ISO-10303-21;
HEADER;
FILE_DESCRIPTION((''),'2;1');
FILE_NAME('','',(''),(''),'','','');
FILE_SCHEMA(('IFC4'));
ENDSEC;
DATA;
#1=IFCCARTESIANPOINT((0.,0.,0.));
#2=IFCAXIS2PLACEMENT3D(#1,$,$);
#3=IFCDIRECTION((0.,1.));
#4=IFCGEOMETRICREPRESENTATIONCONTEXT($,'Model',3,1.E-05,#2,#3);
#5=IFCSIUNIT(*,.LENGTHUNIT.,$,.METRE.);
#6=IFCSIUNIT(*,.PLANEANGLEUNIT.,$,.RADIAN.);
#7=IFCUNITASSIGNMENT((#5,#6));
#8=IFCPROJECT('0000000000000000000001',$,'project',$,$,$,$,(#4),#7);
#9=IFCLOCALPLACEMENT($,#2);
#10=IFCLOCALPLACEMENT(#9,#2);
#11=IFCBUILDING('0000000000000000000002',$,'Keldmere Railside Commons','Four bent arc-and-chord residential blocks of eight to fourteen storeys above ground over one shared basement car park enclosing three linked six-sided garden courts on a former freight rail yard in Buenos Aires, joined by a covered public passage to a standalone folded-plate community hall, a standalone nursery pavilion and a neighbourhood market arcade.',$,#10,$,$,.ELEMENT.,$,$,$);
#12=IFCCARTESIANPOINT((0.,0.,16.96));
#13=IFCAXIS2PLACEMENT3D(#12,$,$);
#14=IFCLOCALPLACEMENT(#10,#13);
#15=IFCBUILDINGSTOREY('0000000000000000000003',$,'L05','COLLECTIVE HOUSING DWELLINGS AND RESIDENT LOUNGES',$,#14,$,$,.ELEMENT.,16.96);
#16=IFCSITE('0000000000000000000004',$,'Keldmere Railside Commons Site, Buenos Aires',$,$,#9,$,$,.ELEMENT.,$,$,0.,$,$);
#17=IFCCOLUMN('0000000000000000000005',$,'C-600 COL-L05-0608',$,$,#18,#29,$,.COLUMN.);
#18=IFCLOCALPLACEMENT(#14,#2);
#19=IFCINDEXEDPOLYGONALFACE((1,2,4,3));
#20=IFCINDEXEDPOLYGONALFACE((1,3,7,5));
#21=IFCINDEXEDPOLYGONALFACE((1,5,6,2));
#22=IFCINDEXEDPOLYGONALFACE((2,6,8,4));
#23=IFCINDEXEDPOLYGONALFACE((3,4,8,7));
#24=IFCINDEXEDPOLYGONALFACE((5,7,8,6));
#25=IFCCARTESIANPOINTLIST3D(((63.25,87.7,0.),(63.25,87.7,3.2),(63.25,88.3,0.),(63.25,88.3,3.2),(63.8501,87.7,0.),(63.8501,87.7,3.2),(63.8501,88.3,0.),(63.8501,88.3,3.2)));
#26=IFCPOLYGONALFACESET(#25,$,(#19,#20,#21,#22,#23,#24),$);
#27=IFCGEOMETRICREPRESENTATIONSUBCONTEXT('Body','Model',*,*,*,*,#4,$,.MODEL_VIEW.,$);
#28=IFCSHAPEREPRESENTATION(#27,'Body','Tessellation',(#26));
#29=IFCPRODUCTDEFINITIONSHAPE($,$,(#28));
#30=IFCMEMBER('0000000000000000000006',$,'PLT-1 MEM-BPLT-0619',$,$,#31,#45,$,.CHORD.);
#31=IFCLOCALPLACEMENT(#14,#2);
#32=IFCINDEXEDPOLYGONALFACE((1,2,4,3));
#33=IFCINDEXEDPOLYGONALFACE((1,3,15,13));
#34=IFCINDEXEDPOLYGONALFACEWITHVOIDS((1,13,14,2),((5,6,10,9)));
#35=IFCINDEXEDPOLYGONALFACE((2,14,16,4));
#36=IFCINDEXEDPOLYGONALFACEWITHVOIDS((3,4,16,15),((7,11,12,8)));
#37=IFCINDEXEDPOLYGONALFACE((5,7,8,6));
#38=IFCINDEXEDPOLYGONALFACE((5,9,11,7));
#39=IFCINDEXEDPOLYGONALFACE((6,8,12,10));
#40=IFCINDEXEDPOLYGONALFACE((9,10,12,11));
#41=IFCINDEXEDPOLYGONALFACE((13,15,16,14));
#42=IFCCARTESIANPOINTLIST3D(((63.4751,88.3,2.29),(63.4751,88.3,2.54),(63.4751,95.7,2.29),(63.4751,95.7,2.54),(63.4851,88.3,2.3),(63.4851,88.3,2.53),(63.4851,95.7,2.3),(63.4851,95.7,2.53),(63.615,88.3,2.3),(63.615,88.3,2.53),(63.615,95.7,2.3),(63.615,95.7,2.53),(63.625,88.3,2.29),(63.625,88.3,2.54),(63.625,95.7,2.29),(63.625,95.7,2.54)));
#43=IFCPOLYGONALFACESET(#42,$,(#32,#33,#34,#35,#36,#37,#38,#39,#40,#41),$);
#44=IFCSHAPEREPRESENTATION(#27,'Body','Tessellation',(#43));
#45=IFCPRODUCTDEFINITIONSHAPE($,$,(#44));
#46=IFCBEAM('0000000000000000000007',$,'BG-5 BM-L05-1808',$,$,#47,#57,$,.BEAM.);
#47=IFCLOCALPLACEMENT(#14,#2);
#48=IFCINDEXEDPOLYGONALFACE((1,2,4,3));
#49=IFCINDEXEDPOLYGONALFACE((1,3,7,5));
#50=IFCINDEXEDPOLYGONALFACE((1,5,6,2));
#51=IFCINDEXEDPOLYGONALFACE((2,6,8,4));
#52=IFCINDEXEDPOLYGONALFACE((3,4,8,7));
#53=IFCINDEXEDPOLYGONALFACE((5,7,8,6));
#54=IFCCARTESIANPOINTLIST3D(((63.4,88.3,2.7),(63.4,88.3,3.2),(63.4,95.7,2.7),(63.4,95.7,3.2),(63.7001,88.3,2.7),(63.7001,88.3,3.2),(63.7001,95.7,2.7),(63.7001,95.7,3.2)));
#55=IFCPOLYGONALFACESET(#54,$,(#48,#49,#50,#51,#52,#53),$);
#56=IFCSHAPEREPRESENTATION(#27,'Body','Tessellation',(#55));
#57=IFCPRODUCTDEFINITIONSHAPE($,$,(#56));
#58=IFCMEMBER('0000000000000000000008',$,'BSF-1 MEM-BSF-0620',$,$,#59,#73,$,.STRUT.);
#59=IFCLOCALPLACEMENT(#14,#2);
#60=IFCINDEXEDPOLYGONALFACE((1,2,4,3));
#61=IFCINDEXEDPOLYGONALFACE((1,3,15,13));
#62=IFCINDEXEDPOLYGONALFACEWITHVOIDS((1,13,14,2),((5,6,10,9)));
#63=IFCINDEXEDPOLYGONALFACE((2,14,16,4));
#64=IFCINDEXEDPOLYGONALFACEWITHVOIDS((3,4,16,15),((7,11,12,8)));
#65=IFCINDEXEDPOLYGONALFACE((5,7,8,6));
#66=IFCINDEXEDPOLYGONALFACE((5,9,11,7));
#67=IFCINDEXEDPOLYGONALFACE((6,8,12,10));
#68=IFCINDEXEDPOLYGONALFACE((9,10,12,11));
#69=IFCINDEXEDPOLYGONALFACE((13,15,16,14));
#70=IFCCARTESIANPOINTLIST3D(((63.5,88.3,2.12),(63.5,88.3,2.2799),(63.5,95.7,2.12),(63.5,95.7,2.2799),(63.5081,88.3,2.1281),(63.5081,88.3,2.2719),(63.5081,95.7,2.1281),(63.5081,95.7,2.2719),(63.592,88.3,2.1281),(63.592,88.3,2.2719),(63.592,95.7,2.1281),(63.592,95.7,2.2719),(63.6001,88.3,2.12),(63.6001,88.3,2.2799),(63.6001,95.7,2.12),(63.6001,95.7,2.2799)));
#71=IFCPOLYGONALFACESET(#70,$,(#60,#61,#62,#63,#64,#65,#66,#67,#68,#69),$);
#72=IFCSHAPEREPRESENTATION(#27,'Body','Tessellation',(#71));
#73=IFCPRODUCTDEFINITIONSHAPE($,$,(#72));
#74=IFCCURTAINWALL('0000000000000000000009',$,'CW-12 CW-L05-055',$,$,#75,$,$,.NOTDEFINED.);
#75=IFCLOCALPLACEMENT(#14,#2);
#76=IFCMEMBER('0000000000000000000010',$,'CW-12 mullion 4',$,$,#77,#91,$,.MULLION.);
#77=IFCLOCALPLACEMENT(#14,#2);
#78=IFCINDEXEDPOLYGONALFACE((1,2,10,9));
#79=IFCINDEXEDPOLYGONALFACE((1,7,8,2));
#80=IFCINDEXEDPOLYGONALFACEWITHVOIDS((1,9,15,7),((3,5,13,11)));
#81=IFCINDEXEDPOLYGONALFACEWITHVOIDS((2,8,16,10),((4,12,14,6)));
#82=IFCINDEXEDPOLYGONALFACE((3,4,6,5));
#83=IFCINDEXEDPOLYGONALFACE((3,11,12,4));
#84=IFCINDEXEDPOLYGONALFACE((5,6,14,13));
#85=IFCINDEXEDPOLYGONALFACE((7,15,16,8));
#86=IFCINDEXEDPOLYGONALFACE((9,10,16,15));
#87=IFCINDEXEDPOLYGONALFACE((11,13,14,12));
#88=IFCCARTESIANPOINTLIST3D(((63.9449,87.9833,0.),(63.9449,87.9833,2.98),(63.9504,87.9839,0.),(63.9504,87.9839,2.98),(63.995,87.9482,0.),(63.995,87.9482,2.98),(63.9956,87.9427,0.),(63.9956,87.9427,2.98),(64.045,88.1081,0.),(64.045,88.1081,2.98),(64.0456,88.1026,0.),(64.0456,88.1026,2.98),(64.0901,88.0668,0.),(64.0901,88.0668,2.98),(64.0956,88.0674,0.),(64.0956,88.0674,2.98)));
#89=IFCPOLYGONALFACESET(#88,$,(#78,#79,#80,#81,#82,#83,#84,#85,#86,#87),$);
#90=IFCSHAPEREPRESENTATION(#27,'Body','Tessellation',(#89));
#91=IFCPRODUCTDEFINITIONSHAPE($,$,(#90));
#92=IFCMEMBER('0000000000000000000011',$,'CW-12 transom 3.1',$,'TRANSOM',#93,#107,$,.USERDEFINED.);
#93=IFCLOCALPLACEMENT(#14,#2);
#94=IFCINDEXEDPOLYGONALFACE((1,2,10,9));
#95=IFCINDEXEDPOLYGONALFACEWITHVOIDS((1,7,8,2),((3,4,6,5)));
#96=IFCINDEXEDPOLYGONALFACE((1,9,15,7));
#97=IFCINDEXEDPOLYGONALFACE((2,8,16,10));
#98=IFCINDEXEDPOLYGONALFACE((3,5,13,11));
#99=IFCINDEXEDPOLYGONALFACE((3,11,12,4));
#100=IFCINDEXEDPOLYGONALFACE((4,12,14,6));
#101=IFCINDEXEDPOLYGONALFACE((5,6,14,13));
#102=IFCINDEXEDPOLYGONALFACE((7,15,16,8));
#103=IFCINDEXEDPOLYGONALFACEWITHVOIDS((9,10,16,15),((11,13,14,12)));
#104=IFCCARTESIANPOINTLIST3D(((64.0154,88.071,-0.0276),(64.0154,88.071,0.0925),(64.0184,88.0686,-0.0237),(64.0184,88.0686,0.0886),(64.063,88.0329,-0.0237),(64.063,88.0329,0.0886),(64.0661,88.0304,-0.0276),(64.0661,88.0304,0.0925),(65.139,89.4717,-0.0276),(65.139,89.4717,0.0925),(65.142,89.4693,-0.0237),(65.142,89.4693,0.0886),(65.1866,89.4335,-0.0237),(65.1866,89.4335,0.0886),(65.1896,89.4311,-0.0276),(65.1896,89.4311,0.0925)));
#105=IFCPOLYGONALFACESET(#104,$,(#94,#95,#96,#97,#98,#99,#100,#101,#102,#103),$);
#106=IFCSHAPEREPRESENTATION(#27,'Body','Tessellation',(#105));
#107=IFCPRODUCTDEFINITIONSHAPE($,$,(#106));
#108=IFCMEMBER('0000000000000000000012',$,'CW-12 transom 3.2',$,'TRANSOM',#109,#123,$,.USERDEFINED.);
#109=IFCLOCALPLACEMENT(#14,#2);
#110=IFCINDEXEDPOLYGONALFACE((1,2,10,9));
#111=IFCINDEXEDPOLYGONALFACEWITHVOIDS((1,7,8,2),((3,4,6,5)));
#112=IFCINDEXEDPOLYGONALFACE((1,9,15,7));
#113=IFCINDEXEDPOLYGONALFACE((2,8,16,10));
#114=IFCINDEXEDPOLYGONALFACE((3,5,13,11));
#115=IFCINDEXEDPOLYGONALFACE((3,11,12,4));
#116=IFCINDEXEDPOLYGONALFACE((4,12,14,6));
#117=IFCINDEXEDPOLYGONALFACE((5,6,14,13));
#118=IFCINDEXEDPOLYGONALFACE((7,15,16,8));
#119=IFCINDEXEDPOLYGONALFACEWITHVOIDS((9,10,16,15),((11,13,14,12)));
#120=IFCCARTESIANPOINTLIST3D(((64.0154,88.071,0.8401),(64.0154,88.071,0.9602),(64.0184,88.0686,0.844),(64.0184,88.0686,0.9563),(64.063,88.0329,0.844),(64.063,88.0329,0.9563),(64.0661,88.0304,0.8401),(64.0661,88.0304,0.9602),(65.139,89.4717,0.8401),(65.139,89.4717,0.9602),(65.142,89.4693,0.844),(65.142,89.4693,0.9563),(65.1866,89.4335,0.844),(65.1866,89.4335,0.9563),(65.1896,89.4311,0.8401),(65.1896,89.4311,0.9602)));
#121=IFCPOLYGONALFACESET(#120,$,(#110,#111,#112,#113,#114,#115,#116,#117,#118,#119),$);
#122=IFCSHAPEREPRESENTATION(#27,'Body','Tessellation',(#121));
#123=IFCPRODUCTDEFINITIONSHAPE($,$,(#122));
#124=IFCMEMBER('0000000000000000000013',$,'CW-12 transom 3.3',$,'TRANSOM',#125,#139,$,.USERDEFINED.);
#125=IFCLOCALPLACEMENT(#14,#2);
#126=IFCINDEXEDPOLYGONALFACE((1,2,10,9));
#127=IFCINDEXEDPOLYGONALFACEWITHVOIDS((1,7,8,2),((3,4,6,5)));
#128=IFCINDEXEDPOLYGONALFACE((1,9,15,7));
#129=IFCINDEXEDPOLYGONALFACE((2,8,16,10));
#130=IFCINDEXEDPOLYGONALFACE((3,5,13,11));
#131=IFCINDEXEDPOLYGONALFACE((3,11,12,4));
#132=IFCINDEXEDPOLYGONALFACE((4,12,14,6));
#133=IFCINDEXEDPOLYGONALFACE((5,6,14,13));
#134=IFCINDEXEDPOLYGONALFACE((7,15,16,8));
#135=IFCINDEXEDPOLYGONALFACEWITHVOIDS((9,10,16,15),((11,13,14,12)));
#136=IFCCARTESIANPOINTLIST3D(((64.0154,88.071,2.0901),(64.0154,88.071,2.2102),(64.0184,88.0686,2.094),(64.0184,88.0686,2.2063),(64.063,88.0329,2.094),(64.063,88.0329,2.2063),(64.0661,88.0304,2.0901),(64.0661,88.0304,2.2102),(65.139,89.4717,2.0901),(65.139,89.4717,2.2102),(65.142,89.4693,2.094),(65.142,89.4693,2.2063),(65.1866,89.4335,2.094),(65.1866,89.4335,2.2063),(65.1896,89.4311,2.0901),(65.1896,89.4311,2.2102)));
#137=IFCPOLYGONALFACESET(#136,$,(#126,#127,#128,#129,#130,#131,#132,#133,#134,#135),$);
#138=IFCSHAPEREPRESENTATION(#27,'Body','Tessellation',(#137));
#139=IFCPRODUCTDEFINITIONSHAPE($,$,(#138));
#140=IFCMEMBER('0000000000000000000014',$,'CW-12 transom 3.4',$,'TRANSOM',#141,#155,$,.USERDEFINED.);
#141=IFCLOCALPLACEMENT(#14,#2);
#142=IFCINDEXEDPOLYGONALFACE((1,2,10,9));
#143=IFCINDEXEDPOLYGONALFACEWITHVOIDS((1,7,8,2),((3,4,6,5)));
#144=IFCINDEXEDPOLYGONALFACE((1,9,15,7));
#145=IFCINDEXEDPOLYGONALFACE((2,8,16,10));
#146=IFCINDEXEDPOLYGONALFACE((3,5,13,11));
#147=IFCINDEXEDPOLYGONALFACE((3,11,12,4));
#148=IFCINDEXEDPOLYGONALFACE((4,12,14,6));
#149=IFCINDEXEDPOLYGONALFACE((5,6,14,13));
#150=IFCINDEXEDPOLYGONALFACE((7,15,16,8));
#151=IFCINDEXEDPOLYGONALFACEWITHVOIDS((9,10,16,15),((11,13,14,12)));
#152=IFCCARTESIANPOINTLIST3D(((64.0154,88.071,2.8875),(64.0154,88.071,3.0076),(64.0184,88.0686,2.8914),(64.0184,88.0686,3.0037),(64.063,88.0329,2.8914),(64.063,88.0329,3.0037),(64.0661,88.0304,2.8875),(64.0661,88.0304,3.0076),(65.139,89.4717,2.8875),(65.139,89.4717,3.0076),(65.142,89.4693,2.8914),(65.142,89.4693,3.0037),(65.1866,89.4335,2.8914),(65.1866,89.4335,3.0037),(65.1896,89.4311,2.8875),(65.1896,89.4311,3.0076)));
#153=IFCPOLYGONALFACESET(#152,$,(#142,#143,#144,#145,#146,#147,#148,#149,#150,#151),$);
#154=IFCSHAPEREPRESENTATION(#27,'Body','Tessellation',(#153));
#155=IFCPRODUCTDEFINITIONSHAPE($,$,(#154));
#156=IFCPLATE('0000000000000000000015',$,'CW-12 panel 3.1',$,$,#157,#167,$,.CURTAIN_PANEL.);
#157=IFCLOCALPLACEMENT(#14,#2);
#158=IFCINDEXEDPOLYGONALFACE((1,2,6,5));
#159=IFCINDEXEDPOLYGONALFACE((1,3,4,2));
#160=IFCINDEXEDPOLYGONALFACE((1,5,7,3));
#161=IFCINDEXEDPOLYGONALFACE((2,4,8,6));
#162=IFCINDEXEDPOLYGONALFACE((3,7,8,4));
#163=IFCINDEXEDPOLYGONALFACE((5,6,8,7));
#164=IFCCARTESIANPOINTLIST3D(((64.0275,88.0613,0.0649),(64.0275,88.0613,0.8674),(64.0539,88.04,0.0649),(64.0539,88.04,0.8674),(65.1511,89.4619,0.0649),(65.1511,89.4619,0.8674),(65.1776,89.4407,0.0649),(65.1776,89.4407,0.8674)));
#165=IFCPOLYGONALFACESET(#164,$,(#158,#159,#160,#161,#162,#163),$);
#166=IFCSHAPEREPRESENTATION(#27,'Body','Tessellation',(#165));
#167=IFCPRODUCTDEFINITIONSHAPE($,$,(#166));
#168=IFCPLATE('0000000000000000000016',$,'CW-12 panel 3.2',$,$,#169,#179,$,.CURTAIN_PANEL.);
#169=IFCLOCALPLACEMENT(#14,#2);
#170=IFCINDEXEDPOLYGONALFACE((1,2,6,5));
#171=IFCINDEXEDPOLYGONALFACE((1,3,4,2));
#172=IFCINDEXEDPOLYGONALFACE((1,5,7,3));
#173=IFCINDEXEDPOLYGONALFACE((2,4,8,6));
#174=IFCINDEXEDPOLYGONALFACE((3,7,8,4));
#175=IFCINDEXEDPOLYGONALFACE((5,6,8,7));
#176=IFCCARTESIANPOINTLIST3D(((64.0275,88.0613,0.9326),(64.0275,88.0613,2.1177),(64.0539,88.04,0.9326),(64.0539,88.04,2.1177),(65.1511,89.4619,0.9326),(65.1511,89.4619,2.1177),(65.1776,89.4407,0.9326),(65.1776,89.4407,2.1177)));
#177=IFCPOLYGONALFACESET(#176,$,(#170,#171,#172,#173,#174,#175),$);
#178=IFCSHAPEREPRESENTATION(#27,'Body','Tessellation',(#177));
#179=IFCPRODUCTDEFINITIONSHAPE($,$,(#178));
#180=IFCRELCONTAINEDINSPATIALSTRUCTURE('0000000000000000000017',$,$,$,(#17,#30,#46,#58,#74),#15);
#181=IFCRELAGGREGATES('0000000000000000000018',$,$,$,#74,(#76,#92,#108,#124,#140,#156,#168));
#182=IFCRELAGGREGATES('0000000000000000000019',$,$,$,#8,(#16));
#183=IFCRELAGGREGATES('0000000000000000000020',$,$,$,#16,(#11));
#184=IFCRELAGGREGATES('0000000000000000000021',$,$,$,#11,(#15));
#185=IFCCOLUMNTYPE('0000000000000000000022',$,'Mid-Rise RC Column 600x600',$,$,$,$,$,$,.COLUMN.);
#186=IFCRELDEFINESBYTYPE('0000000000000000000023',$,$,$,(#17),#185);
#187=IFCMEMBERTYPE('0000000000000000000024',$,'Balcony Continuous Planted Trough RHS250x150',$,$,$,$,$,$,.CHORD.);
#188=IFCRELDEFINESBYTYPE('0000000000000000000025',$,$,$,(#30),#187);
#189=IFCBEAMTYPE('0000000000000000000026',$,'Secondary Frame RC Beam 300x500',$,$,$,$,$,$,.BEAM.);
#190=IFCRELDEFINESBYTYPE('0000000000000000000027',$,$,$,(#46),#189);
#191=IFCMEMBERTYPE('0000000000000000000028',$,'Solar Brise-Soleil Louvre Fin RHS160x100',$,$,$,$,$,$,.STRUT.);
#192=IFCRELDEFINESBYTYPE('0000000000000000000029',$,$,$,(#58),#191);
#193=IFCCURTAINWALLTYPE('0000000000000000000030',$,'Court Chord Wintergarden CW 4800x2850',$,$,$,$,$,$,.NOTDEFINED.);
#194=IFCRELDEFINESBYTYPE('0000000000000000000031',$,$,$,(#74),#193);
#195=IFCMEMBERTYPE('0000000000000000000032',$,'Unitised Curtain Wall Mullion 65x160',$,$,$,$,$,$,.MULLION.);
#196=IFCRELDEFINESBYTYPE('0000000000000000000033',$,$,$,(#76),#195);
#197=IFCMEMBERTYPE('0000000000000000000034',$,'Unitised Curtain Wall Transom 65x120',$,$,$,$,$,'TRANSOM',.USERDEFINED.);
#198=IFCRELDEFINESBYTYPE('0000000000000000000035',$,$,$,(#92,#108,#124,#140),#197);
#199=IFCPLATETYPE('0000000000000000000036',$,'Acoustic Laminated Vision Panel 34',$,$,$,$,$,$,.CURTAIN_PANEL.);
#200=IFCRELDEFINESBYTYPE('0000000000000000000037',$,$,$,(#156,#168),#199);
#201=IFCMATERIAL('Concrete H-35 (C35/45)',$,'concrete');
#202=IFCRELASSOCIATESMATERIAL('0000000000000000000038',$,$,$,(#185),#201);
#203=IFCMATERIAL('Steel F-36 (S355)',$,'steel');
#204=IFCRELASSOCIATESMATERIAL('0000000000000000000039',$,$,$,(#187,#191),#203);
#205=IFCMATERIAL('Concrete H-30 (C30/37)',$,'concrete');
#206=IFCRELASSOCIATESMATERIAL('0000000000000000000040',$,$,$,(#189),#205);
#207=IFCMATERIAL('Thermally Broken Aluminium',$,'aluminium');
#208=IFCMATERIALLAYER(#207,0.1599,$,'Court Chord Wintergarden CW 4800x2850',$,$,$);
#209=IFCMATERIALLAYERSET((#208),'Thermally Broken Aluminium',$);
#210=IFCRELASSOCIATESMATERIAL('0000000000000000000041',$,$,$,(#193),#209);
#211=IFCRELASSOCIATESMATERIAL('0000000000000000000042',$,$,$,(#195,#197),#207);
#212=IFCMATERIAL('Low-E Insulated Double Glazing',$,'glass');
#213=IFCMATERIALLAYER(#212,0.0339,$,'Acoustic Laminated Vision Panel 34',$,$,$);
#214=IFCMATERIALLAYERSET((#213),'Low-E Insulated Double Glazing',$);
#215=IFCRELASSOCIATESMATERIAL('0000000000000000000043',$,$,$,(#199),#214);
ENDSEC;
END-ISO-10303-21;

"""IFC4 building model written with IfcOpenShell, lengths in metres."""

from ifc_helpers import new_model, si_unit, direction, frame, origin, origin_2d, place, context, subcontext, project, spatial, rectangle, hollow_rectangle, extrude, material, layer, layer_set, material_profile, profile_set, type_object, element, aggregate, save


model = new_model("IFC4")

# Units and contexts
model_context = context("Model", 3, precision=1e-05, world=origin(), true_north=direction((0.0, 1.0)))
body_context = subcontext(model_context, "Body", "Model", "MODEL_VIEW")
ifc_project = project(units=[si_unit("LENGTHUNIT", "METRE"), si_unit("PLANEANGLEUNIT", "RADIAN")], contexts=[model_context])

# Site, building, storey
site_placement = place(None, origin())
site = spatial("IfcSite", under=ifc_project, at=site_placement, Name="Keldmere Railside Commons Site, Buenos Aires", CompositionType="ELEMENT", RefElevation=0.0)
building_placement = place(site_placement, origin())
building = spatial("IfcBuilding", under=site, at=building_placement, Name="Keldmere Railside Commons", Description="Four bent arc-and-chord residential blocks of eight to fourteen storeys above ground over one shared basement car park enclosing three linked six-sided garden courts on a former freight rail yard in Buenos Aires, joined by a covered public passage to a standalone folded-plate community hall, a standalone nursery pavilion and a neighbourhood market arcade.", CompositionType="ELEMENT")
storey_placement = place(building_placement, frame((0.0, 0.0, 16.96)))
storey = spatial("IfcBuildingStorey", under=building, at=storey_placement, Name="L05", Description="COLLECTIVE HOUSING DWELLINGS AND RESIDENT LOUNGES", CompositionType="ELEMENT", Elevation=16.96)

# Column
ifc_material_1 = material(Name="Concrete H-35 (C35/45)", Category="concrete")
ifc_material_profile_1 = material_profile(ifc_material_1, rectangle(XDim=0.6001, YDim=0.6001, at=origin_2d()), Name="RC-600x600")
ifc_profile_set_1 = profile_set([ifc_material_profile_1], Name="Concrete H-35 (C35/45)")
column_type = type_object("IfcColumnType", Name="Mid-Rise RC Column 600x600", PredefinedType="COLUMN", material=ifc_profile_set_1)
column_placement = place(storey_placement, frame((63.55, 88.0, 0.0), z_axis=(0.0, 0.0, 1.0), x_axis=(1.0, 0.0, 0.0)))
element("IfcColumn", 1, at=column_placement, inside=storey, type_object=column_type, Name="C-600 COL-L05-0608", PredefinedType="COLUMN", context=body_context, shape_type="SweptSolid", body=[
    extrude(rectangle(XDim=0.6001, YDim=0.6001, at=origin_2d()), origin(), (0.0, 0.0, 1.0), 3.2),
])

# Member
ifc_material_2 = material(Name="Steel F-36 (S355)", Category="steel")
ifc_material_profile_2 = material_profile(ifc_material_2, hollow_rectangle(XDim=0.1499, YDim=0.25, WallThickness=0.01, at=origin_2d()), Name="RHS-250x150x10")
ifc_profile_set_2 = profile_set([ifc_material_profile_2], Name="Steel F-36 (S355)")
member_type_1 = type_object("IfcMemberType", Name="Balcony Continuous Planted Trough RHS250x150", PredefinedType="CHORD", material=ifc_profile_set_2)
member_1_placement = place(storey_placement, frame((63.55, 88.3, 2.415), z_axis=(0.0, 1.0, 0.0), x_axis=(-1.0, 0.0, 0.0)))
element("IfcMember", 2, at=member_1_placement, inside=storey, type_object=member_type_1, Name="PLT-1 MEM-BPLT-0619", PredefinedType="CHORD", context=body_context, shape_type="SweptSolid", body=[
    extrude(hollow_rectangle(XDim=0.1499, YDim=0.25, WallThickness=0.01, at=origin_2d()), origin(), (0.0, 0.0, 1.0), 7.3999),
])

# Beam
ifc_material_3 = material(Name="Concrete H-30 (C30/37)", Category="concrete")
ifc_material_profile_3 = material_profile(ifc_material_3, rectangle(XDim=0.3, YDim=0.5, at=origin_2d()), Name="RC-300x500")
ifc_profile_set_3 = profile_set([ifc_material_profile_3], Name="Concrete H-30 (C30/37)")
beam_type = type_object("IfcBeamType", Name="Secondary Frame RC Beam 300x500", PredefinedType="BEAM", material=ifc_profile_set_3)
beam_placement = place(storey_placement, frame((63.55, 88.3, 2.95), z_axis=(0.0, 1.0, 0.0), x_axis=(-1.0, 0.0, 0.0)))
element("IfcBeam", 3, at=beam_placement, inside=storey, type_object=beam_type, Name="BG-5 BM-L05-1808", PredefinedType="BEAM", context=body_context, shape_type="SweptSolid", body=[
    extrude(rectangle(XDim=0.3, YDim=0.5, at=origin_2d()), origin(), (0.0, 0.0, 1.0), 7.3999),
])

# Member
ifc_material_profile_4 = material_profile(ifc_material_2, hollow_rectangle(XDim=0.1001, YDim=0.1599, WallThickness=0.0081, at=origin_2d()), Name="RHS-160x100x8")
ifc_profile_set_4 = profile_set([ifc_material_profile_4], Name="Steel F-36 (S355)")
member_type_2 = type_object("IfcMemberType", Name="Solar Brise-Soleil Louvre Fin RHS160x100", PredefinedType="STRUT", material=ifc_profile_set_4)
member_2_placement = place(storey_placement, frame((63.55, 88.3, 2.2), z_axis=(0.0, 1.0, 0.0), x_axis=(-1.0, 0.0, 0.0)))
element("IfcMember", 4, at=member_2_placement, inside=storey, type_object=member_type_2, Name="BSF-1 MEM-BSF-0620", PredefinedType="STRUT", context=body_context, shape_type="SweptSolid", body=[
    extrude(hollow_rectangle(XDim=0.1001, YDim=0.1599, WallThickness=0.0081, at=origin_2d()), origin(), (0.0, 0.0, 1.0), 7.3999),
])

# Curtain wall, members, plates
ifc_material_4 = material(Name="Thermally Broken Aluminium", Category="aluminium")
ifc_layer_1 = layer(ifc_material_4, 0.1599, Name="Court Chord Wintergarden CW 4800x2850")
ifc_layer_set_1 = layer_set([ifc_layer_1], Name="Thermally Broken Aluminium")
curtain_wall_type = type_object("IfcCurtainWallType", Name="Court Chord Wintergarden CW 4800x2850", PredefinedType="NOTDEFINED", material=ifc_layer_set_1)
curtain_wall_placement = place(storey_placement, origin())
curtain_wall = element("IfcCurtainWall", 5, at=curtain_wall_placement, inside=storey, type_object=curtain_wall_type, Name="CW-12 CW-L05-055", PredefinedType="NOTDEFINED")
ifc_material_profile_5 = material_profile(ifc_material_4, hollow_rectangle(XDim=0.0649, YDim=0.1599, WallThickness=0.0039, at=origin_2d()), Name="ALU-MULL-65x160")
ifc_profile_set_5 = profile_set([ifc_material_profile_5], Name="Thermally Broken Aluminium")
member_type_3 = type_object("IfcMemberType", Name="Unitised Curtain Wall Mullion 65x160", PredefinedType="MULLION", material=ifc_profile_set_5)
member_3_placement = place(storey_placement, frame((64.0203, 88.0254, 0.0), z_axis=(0.0, 0.0, 1.0), x_axis=(0.780009, -0.625768, 0.0)))
member_3 = element("IfcMember", 6, at=member_3_placement, type_object=member_type_3, Name="CW-12 mullion 4", PredefinedType="MULLION", context=body_context, shape_type="SweptSolid", body=[
    extrude(hollow_rectangle(XDim=0.0649, YDim=0.1599, WallThickness=0.0039, at=origin_2d()), origin(), (0.0, 0.0, 1.0), 2.98),
])
ifc_material_profile_6 = material_profile(ifc_material_4, hollow_rectangle(XDim=0.0649, YDim=0.1201, WallThickness=0.0039, at=origin_2d()), Name="ALU-TRAN-65x120")
ifc_profile_set_6 = profile_set([ifc_material_profile_6], Name="Thermally Broken Aluminium")
member_type_4 = type_object("IfcMemberType", Name="Unitised Curtain Wall Transom 65x120", ElementType="TRANSOM", PredefinedType="USERDEFINED", material=ifc_profile_set_6)
member_4_placement = place(storey_placement, frame((65.1643, 89.4514, 0.0325), z_axis=(-0.625723, -0.780046, 0.0), x_axis=(0.780046, -0.625723, 0.0)))
member_4 = element("IfcMember", 7, at=member_4_placement, type_object=member_type_4, Name="CW-12 transom 3.1", ObjectType="TRANSOM", PredefinedType="USERDEFINED", context=body_context, shape_type="SweptSolid", body=[
    extrude(hollow_rectangle(XDim=0.0649, YDim=0.1201, WallThickness=0.0039, at=origin_2d()), origin(), (0.0, 0.0, 1.0), 1.7957),
])
member_5_placement = place(storey_placement, frame((65.1643, 89.4514, 0.9001), z_axis=(-0.625723, -0.780046, 0.0), x_axis=(0.780046, -0.625723, 0.0)))
member_5 = element("IfcMember", 8, at=member_5_placement, type_object=member_type_4, Name="CW-12 transom 3.2", ObjectType="TRANSOM", PredefinedType="USERDEFINED", context=body_context, shape_type="SweptSolid", body=[
    extrude(hollow_rectangle(XDim=0.0649, YDim=0.1201, WallThickness=0.0039, at=origin_2d()), origin(), (0.0, 0.0, 1.0), 1.7957),
])
member_6_placement = place(storey_placement, frame((65.1643, 89.4514, 2.1501), z_axis=(-0.625723, -0.780046, 0.0), x_axis=(0.780046, -0.625723, 0.0)))
member_6 = element("IfcMember", 9, at=member_6_placement, type_object=member_type_4, Name="CW-12 transom 3.3", ObjectType="TRANSOM", PredefinedType="USERDEFINED", context=body_context, shape_type="SweptSolid", body=[
    extrude(hollow_rectangle(XDim=0.0649, YDim=0.1201, WallThickness=0.0039, at=origin_2d()), origin(), (0.0, 0.0, 1.0), 1.7957),
])
member_7_placement = place(storey_placement, frame((65.1643, 89.4514, 2.9475), z_axis=(-0.625723, -0.780046, 0.0), x_axis=(0.780046, -0.625723, 0.0)))
member_7 = element("IfcMember", 10, at=member_7_placement, type_object=member_type_4, Name="CW-12 transom 3.4", ObjectType="TRANSOM", PredefinedType="USERDEFINED", context=body_context, shape_type="SweptSolid", body=[
    extrude(hollow_rectangle(XDim=0.0649, YDim=0.1201, WallThickness=0.0039, at=origin_2d()), origin(), (0.0, 0.0, 1.0), 1.7957),
])
ifc_material_5 = material(Name="Low-E Insulated Double Glazing", Category="glass")
ifc_layer_2 = layer(ifc_material_5, 0.0339, Name="Acoustic Laminated Vision Panel 34")
ifc_layer_set_2 = layer_set([ifc_layer_2], Name="Low-E Insulated Double Glazing")
plate_type = type_object("IfcPlateType", Name="Acoustic Laminated Vision Panel 34", PredefinedType="CURTAIN_PANEL", material=ifc_layer_set_2)
plate_1_placement = place(storey_placement, frame((64.6025, 88.751, 0.0649), z_axis=(0.0, 0.0, 1.0), x_axis=(-0.625768, -0.780009, 0.0)))
plate_1 = element("IfcPlate", 11, at=plate_1_placement, type_object=plate_type, Name="CW-12 panel 3.1", PredefinedType="CURTAIN_PANEL", context=body_context, shape_type="SweptSolid", body=[
    extrude(rectangle(XDim=1.7957, YDim=0.0339, at=origin_2d()), origin(), (0.0, 0.0, 1.0), 0.8025),
])
plate_2_placement = place(storey_placement, frame((64.6025, 88.751, 0.9326), z_axis=(0.0, 0.0, 1.0), x_axis=(-0.625768, -0.780009, 0.0)))
plate_2 = element("IfcPlate", 12, at=plate_2_placement, type_object=plate_type, Name="CW-12 panel 3.2", PredefinedType="CURTAIN_PANEL", context=body_context, shape_type="SweptSolid", body=[
    extrude(rectangle(XDim=1.7957, YDim=0.0339, at=origin_2d()), origin(), (0.0, 0.0, 1.0), 1.1851),
])
aggregate(curtain_wall, [member_3, member_4, member_5, member_6, member_7, plate_1, plate_2])

save(model, "model.ifc")
